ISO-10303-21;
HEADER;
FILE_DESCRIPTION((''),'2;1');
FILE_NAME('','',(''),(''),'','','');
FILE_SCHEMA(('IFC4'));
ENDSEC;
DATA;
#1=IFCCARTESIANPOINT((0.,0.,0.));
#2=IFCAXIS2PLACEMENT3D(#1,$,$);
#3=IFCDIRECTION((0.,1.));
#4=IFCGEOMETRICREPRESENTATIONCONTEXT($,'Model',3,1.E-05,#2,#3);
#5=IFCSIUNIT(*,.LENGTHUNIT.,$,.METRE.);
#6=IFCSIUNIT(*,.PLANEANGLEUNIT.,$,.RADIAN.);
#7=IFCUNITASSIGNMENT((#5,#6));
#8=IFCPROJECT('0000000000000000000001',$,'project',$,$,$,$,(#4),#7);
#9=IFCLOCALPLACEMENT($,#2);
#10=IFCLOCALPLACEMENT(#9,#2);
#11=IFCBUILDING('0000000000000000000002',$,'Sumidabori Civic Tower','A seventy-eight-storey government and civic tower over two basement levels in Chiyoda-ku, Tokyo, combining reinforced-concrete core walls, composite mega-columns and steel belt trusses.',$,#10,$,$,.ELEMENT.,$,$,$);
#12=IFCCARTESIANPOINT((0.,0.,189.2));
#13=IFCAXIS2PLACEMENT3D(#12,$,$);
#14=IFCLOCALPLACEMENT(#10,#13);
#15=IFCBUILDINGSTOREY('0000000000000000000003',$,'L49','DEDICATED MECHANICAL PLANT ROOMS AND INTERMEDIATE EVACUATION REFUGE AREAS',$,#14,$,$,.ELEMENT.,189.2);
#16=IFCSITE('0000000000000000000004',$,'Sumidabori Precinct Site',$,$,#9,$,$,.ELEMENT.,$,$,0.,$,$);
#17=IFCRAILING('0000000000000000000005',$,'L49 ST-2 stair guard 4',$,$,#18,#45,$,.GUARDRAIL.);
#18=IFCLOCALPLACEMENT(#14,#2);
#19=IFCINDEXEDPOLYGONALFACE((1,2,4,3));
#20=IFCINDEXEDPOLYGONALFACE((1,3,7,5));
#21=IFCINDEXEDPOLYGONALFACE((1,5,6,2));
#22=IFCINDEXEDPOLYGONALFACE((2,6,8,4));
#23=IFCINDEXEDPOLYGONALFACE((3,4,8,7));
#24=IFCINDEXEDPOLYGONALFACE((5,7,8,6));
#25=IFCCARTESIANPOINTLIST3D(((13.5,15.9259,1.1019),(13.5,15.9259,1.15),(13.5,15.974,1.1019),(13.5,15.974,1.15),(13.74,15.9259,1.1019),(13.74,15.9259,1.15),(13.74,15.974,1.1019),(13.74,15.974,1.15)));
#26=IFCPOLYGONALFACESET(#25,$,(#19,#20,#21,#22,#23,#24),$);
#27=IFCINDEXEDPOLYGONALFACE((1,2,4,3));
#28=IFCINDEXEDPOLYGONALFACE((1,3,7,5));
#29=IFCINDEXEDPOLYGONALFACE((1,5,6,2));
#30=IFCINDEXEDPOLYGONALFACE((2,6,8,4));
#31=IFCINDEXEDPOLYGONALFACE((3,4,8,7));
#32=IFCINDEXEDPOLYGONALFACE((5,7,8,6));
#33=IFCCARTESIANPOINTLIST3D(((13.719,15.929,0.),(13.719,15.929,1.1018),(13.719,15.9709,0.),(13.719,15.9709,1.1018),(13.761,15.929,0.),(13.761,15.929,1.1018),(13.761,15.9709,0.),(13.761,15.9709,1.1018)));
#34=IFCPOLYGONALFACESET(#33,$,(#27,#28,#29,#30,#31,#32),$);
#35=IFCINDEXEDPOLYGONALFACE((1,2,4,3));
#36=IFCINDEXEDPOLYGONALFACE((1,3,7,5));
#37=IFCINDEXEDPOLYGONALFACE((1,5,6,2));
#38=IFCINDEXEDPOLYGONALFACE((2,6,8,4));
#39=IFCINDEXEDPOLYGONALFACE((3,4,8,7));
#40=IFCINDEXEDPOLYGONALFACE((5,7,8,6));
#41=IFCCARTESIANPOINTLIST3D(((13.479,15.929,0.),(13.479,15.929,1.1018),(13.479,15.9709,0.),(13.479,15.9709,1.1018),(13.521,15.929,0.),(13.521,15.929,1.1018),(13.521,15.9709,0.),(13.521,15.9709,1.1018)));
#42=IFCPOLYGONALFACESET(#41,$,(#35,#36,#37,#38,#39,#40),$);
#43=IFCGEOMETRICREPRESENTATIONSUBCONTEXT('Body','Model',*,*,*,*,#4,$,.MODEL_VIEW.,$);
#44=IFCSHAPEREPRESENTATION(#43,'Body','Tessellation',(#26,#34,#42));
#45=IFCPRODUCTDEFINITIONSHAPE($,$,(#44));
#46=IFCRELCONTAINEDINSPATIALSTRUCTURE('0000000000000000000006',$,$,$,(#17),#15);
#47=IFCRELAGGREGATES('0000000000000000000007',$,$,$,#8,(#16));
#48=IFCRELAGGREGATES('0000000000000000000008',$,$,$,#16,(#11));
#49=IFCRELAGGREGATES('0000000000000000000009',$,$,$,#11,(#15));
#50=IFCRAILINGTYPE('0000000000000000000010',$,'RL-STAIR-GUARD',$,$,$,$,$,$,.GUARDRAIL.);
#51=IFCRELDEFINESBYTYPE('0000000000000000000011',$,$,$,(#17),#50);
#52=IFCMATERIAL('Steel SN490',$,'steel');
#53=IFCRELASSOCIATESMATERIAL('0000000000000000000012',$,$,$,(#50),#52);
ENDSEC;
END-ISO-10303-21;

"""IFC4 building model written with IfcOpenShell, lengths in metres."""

from ifc_helpers import new_model, si_unit, direction, frame, origin, origin_2d, place, context, subcontext, project, spatial, rectangle, extrude, material, type_object, element, save


model = new_model("IFC4")

# Units and contexts
model_context = context("Model", 3, precision=1e-05, world=origin(), true_north=direction((0.0, 1.0)))
body_context = subcontext(model_context, "Body", "Model", "MODEL_VIEW")
ifc_project = project(units=[si_unit("LENGTHUNIT", "METRE"), si_unit("PLANEANGLEUNIT", "RADIAN")], contexts=[model_context])

# Site, building, storey
site_placement = place(None, origin())
site = spatial("IfcSite", under=ifc_project, at=site_placement, Name="Sumidabori Precinct Site", CompositionType="ELEMENT", RefElevation=0.0)
building_placement = place(site_placement, origin())
building = spatial("IfcBuilding", under=site, at=building_placement, Name="Sumidabori Civic Tower", Description="A seventy-eight-storey government and civic tower over two basement levels in Chiyoda-ku, Tokyo, combining reinforced-concrete core walls, composite mega-columns and steel belt trusses.", CompositionType="ELEMENT")
storey_placement = place(building_placement, frame((0.0, 0.0, 189.2)))
storey = spatial("IfcBuildingStorey", under=building, at=storey_placement, Name="L49", Description="DEDICATED MECHANICAL PLANT ROOMS AND INTERMEDIATE EVACUATION REFUGE AREAS", CompositionType="ELEMENT", Elevation=189.2)

# Shared definitions
ifc_material_1 = material(Name="Steel SN490", Category="steel")

# Railing
railing_type_1 = type_object("IfcRailingType", Name="RL-STAIR-GUARD", PredefinedType="GUARDRAIL", material=ifc_material_1)
railing_1_placement = place(storey_placement, frame((13.74, 15.95, 0.0)))
element("IfcRailing", 1, at=railing_1_placement, inside=storey, type_object=railing_type_1, Name="L49 ST-2 stair guard 4", PredefinedType="GUARDRAIL", context=body_context, shape_type="SweptSolid", body=[
    extrude(rectangle(XDim=0.0481, YDim=0.0481, at=origin_2d()), frame((0.0, 0.0, 1.126), z_axis=(-1.0, 0.0, 0.0), x_axis=(0.0, -1.0, 0.0)), (0.0, 0.0, 1.0), 0.24),
    extrude(rectangle(XDim=0.042, YDim=0.042, at=origin_2d()), origin(), (0.0, 0.0, 1.0), 1.1018),
    extrude(rectangle(XDim=0.042, YDim=0.042, at=origin_2d()), frame((-0.24, 0.0, 0.0)), (0.0, 0.0, 1.0), 1.1018),
])

save(model, "model.ifc")
